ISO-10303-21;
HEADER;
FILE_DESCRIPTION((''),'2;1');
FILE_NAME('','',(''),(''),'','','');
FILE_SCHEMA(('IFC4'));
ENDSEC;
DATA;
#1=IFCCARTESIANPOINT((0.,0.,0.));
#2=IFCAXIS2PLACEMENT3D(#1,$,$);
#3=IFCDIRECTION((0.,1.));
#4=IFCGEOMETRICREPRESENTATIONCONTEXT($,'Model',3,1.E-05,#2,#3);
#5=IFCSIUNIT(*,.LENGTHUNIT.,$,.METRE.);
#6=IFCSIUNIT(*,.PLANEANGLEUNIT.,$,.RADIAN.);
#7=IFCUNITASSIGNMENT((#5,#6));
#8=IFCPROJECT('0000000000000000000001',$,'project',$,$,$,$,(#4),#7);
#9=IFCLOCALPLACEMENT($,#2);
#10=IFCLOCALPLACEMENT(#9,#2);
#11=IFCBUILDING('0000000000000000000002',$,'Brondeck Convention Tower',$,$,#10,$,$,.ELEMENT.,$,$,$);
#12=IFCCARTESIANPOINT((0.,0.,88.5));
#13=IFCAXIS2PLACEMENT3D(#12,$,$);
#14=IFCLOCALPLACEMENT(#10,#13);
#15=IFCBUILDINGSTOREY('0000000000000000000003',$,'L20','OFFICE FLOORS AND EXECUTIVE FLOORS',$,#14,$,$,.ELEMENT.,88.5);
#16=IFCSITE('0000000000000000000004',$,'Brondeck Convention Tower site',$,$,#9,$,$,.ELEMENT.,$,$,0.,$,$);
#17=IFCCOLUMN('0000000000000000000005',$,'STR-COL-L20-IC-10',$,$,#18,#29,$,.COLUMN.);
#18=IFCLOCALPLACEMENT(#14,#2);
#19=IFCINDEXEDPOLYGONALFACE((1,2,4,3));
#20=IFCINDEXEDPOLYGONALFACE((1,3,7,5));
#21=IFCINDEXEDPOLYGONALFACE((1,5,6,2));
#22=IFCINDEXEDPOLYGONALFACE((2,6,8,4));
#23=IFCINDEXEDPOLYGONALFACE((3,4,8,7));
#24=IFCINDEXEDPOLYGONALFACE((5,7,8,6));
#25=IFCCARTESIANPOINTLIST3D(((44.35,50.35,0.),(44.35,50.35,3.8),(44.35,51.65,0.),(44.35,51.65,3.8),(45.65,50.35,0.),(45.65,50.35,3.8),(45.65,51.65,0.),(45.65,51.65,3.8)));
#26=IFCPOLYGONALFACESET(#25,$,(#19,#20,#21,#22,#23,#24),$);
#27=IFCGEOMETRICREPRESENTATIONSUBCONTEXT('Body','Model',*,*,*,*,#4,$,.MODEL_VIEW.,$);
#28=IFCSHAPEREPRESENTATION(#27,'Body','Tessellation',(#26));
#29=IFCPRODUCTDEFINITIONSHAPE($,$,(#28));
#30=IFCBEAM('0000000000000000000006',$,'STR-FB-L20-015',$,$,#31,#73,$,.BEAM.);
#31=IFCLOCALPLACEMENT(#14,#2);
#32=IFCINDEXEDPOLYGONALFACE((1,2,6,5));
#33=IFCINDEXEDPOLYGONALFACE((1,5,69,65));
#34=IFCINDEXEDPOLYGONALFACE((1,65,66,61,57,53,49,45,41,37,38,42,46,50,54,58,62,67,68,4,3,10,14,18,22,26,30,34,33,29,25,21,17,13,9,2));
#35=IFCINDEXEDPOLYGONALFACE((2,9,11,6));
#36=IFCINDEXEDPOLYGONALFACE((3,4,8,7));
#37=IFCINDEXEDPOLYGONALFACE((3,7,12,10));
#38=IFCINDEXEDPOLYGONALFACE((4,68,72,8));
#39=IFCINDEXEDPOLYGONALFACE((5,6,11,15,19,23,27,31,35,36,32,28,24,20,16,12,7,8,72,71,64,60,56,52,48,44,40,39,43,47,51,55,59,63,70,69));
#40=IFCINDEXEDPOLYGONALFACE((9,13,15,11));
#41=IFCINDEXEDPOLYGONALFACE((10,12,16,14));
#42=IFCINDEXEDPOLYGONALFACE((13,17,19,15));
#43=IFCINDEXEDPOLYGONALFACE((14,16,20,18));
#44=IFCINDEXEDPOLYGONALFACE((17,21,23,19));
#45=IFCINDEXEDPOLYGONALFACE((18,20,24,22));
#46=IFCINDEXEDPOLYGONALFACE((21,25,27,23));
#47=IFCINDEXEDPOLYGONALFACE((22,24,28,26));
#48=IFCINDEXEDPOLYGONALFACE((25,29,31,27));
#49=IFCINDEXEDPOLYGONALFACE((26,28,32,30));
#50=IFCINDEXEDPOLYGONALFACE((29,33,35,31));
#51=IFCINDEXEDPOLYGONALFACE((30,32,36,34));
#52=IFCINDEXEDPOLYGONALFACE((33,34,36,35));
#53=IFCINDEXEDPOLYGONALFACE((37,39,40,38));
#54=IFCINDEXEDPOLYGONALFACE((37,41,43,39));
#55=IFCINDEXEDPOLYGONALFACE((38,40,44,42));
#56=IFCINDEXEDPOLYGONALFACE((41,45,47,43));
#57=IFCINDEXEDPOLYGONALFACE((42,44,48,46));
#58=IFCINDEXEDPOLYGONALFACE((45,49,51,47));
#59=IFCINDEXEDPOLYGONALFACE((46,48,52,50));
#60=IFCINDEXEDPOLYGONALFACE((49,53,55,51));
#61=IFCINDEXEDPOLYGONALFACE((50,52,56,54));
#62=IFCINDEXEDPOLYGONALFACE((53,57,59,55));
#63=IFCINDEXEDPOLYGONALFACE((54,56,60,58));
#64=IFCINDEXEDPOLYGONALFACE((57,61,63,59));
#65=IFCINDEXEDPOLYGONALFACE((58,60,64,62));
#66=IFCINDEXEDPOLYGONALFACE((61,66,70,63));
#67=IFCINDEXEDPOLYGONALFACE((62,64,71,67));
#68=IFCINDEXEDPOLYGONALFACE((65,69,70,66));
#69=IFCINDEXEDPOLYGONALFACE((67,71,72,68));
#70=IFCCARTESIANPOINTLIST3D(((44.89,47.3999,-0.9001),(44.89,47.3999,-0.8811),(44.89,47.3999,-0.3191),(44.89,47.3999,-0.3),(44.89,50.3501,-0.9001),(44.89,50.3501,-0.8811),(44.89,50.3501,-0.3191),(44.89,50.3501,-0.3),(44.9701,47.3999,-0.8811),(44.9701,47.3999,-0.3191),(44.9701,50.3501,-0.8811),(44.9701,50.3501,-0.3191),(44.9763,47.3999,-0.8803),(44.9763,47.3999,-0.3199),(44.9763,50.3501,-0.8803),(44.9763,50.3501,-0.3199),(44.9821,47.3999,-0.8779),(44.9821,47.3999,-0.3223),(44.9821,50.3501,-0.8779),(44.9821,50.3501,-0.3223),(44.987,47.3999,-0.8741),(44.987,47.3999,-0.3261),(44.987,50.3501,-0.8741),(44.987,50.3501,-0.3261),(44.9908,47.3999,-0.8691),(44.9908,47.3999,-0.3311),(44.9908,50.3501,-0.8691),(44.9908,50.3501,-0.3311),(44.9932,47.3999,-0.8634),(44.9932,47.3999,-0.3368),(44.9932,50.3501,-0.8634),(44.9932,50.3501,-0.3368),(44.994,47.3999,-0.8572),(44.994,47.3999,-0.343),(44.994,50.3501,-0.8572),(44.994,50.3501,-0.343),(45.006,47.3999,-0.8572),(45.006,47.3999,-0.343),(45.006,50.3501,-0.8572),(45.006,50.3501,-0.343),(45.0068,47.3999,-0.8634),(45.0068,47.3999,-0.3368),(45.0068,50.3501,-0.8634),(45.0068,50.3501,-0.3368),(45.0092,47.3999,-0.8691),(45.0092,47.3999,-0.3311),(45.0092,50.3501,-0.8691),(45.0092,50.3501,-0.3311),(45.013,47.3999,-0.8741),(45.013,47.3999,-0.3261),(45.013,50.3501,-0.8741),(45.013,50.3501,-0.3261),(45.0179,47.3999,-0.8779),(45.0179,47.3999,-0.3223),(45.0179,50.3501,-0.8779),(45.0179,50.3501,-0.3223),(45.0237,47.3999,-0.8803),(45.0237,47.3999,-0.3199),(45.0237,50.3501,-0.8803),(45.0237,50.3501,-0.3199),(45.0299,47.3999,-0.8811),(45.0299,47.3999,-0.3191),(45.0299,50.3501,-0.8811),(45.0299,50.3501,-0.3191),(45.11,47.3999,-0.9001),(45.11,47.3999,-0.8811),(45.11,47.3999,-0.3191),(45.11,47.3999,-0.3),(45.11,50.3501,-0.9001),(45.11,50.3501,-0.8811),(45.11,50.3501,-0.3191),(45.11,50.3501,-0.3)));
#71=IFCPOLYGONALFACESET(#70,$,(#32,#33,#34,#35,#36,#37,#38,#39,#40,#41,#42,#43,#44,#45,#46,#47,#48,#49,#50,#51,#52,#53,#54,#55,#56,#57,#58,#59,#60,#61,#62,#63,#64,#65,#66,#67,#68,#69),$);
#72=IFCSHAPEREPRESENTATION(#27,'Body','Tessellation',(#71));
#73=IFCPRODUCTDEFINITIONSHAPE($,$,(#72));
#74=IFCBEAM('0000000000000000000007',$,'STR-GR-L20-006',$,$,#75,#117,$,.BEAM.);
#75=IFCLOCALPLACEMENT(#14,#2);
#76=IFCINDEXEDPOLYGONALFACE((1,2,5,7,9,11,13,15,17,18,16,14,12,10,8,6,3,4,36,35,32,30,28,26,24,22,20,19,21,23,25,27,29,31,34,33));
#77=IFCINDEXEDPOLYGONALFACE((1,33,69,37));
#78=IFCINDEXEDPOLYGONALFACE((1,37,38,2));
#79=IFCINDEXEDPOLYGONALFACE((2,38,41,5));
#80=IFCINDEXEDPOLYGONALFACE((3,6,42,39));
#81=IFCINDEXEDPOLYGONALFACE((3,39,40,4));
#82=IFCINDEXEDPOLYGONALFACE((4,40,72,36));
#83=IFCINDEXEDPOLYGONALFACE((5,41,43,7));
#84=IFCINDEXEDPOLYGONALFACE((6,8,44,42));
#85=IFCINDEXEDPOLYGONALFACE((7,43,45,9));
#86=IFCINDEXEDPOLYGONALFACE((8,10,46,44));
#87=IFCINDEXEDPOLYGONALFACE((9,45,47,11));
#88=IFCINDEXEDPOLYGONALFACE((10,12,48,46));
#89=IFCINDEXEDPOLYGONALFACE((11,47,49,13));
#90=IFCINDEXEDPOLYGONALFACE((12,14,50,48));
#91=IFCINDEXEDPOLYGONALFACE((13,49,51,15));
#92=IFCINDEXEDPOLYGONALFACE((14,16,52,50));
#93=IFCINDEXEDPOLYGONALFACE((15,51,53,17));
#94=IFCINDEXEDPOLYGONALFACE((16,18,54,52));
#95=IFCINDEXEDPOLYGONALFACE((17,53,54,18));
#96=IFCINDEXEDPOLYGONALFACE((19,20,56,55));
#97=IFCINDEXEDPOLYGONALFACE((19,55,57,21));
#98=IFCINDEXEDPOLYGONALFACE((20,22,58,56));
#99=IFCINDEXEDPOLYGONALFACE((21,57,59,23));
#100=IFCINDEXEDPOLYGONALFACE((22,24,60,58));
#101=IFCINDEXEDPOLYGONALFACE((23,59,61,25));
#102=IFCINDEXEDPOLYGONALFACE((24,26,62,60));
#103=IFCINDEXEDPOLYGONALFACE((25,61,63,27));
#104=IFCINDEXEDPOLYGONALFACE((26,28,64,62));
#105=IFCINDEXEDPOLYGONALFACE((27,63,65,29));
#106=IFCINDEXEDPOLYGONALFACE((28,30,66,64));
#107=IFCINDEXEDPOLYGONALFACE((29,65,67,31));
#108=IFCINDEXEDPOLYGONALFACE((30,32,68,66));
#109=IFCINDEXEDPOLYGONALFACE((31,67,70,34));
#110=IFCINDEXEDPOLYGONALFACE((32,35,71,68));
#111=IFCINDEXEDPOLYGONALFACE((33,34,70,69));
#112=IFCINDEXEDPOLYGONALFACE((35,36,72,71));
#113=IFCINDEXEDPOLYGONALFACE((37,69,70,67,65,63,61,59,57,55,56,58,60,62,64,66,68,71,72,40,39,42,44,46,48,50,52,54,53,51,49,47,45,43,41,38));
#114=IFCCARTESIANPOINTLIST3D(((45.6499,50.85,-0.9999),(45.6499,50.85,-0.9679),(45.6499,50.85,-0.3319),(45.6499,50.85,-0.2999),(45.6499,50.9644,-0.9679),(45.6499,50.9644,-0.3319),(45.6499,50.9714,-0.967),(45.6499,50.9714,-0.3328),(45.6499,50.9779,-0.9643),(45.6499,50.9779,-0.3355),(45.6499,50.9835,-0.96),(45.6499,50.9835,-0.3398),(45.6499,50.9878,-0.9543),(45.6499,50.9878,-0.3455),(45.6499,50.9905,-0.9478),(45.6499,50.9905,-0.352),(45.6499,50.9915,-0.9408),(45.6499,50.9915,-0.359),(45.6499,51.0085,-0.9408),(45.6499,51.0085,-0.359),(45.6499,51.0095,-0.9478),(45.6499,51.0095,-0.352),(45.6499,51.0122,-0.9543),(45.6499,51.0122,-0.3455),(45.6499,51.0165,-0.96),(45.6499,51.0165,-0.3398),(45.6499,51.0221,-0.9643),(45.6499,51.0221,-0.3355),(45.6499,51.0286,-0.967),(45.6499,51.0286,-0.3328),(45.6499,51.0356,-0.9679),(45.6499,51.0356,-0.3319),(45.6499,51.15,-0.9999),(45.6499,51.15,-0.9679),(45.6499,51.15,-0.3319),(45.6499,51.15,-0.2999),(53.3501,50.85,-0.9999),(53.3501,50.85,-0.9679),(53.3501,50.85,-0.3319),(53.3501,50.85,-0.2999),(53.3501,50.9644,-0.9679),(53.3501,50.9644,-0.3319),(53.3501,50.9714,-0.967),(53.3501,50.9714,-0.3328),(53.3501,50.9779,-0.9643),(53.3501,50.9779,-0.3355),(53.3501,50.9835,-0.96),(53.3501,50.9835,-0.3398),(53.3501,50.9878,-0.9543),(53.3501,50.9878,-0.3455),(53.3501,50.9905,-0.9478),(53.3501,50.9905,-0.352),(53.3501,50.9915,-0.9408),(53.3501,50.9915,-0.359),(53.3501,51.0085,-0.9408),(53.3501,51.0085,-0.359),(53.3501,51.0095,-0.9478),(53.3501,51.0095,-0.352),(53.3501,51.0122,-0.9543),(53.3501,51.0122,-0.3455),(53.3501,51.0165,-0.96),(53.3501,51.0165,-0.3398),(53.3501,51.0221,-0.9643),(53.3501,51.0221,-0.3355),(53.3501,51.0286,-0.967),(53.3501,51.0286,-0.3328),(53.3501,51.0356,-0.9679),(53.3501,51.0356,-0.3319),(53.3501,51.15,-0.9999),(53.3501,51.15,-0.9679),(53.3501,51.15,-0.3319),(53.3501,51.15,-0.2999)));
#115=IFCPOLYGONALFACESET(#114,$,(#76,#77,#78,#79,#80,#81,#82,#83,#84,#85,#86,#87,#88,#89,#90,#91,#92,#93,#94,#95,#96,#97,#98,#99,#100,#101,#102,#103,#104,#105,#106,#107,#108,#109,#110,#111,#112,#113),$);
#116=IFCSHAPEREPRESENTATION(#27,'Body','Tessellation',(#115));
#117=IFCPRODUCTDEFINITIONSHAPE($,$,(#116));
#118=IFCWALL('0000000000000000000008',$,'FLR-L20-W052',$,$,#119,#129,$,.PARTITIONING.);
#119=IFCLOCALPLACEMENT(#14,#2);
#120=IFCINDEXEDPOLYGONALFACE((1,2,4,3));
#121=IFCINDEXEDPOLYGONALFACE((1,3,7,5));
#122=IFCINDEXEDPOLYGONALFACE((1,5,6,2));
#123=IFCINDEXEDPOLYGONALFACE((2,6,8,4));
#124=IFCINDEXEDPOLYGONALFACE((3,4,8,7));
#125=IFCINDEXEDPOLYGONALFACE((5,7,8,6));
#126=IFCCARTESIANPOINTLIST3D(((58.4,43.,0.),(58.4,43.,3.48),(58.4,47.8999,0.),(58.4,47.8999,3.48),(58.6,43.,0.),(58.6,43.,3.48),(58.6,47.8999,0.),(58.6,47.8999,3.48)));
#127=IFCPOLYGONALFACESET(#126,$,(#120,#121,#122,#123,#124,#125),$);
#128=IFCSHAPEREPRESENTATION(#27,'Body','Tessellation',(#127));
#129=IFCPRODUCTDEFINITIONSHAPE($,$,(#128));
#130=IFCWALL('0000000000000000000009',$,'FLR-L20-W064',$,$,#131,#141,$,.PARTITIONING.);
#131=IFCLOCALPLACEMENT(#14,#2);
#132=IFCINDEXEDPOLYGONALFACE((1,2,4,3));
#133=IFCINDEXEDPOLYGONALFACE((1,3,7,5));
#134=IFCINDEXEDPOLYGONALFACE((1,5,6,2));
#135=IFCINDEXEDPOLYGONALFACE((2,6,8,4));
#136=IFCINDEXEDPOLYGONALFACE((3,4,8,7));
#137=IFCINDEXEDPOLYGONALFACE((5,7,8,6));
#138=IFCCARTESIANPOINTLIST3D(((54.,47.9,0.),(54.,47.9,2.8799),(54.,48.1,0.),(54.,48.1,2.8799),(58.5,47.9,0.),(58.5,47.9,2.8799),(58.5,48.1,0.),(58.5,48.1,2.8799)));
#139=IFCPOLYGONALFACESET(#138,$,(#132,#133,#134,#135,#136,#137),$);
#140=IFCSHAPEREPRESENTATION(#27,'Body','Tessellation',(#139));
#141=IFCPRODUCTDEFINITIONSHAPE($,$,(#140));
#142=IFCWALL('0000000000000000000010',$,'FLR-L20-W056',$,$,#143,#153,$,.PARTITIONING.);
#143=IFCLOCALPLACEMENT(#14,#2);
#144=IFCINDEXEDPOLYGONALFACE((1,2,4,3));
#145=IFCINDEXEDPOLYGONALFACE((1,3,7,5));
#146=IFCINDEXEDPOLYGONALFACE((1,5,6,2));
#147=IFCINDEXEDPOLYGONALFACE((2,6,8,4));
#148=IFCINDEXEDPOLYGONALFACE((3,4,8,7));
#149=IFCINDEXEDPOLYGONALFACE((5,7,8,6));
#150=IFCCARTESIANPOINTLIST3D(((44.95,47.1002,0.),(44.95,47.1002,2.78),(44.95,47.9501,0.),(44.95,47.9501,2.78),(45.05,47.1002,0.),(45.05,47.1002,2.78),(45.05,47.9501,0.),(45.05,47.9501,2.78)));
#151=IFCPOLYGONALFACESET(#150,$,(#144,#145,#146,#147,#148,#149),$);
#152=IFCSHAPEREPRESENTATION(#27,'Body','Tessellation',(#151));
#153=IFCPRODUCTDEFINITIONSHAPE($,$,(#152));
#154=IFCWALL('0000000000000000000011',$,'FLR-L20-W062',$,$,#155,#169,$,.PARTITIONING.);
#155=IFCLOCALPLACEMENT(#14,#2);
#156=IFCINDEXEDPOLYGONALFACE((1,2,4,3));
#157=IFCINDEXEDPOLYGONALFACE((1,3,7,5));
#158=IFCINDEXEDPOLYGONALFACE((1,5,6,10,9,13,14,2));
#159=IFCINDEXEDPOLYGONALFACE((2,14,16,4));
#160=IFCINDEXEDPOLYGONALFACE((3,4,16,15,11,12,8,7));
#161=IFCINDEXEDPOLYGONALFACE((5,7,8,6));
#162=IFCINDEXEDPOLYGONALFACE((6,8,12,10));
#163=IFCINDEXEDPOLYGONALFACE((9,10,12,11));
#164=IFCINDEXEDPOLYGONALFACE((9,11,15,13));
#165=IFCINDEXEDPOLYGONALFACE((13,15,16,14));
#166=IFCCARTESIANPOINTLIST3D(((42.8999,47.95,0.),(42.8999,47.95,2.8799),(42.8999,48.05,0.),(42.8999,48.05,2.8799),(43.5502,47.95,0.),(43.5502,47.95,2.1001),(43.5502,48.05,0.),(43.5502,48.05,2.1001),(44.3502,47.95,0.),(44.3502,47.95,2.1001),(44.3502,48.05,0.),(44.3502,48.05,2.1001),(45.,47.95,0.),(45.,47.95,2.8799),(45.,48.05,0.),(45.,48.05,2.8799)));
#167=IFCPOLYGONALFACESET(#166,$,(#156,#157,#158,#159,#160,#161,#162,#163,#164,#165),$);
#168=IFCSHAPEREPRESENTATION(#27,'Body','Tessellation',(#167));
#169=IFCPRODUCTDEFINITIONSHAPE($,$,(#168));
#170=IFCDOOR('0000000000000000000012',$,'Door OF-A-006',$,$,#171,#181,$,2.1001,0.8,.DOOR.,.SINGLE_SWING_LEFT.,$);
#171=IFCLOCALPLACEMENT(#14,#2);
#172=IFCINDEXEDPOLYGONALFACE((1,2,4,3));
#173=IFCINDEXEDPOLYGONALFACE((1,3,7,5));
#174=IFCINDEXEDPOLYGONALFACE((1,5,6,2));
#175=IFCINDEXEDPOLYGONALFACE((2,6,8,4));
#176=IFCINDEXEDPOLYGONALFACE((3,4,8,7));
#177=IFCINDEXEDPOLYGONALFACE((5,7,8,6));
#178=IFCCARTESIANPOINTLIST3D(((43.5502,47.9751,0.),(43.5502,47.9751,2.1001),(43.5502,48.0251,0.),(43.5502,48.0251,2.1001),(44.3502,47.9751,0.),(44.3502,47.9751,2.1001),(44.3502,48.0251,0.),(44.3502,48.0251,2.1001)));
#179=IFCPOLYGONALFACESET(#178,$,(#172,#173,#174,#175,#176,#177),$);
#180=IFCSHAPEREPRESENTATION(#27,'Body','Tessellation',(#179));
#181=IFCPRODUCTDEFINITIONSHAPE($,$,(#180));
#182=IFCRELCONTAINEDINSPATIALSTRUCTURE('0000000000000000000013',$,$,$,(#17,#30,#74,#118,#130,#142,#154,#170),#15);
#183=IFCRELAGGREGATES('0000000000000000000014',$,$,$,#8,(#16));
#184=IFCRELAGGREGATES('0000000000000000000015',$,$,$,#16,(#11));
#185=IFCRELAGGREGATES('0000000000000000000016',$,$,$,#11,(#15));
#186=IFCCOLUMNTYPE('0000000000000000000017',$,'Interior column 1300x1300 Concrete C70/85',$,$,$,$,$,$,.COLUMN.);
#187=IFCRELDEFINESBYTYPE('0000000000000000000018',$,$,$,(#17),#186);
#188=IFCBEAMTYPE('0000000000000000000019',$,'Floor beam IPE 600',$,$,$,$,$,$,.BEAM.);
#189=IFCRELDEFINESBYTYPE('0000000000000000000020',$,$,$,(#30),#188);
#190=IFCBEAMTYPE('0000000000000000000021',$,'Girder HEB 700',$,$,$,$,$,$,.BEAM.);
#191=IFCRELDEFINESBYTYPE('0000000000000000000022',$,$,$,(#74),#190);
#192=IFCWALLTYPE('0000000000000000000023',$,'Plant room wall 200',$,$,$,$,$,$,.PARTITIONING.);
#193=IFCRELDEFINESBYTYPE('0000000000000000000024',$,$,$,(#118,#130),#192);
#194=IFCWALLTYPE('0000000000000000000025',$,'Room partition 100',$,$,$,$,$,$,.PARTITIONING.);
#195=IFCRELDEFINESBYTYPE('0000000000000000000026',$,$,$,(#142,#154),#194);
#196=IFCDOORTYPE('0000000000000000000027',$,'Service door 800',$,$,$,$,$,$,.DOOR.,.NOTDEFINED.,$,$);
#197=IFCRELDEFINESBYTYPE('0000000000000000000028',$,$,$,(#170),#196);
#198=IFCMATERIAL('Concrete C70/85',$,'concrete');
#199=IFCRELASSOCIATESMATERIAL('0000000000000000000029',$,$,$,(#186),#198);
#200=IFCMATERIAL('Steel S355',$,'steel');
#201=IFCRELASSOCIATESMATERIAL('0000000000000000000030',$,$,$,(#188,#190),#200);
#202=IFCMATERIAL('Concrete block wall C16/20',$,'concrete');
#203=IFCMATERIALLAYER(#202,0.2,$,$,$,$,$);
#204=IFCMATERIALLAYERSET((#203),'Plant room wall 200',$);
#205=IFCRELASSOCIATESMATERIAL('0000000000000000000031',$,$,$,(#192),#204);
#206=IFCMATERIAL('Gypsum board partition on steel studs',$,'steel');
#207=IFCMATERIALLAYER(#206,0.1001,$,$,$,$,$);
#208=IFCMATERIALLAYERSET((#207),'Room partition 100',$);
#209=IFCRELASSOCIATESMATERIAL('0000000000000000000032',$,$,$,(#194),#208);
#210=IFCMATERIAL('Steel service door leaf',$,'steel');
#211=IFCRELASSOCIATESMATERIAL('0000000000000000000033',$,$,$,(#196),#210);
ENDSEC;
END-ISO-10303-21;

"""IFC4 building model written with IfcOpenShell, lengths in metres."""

from ifc_helpers import new_model, si_unit, direction, frame, frame_2d, origin, origin_2d, place, context, subcontext, project, spatial, rectangle, i_section, extrude, material, layer, layer_set, material_profile, profile_set, type_object, element, fill, save


model = new_model("IFC4")

# Units and contexts
model_context = context("Model", 3, precision=1e-05, world=origin(), true_north=direction((0.0, 1.0)))
body_context = subcontext(model_context, "Body", "Model", "MODEL_VIEW")
ifc_project = project(units=[si_unit("LENGTHUNIT", "METRE"), si_unit("PLANEANGLEUNIT", "RADIAN")], contexts=[model_context])

# Site, building, storey
site_placement = place(None, origin())
site = spatial("IfcSite", under=ifc_project, at=site_placement, Name="Brondeck Convention Tower site", CompositionType="ELEMENT", RefElevation=0.0)
building_placement = place(site_placement, origin())
building = spatial("IfcBuilding", under=site, at=building_placement, Name="Brondeck Convention Tower", CompositionType="ELEMENT")
storey_placement = place(building_placement, frame((0.0, 0.0, 88.5)))
storey = spatial("IfcBuildingStorey", under=building, at=storey_placement, Name="L20", Description="OFFICE FLOORS AND EXECUTIVE FLOORS", CompositionType="ELEMENT", Elevation=88.5)

# Column
ifc_material_1 = material(Name="Concrete C70/85", Category="concrete")
ifc_material_profile_1 = material_profile(ifc_material_1, rectangle(XDim=1.3, YDim=1.3, at=origin_2d()), Name="Interior column 1300x1300 Concrete C70/85")
ifc_profile_set_1 = profile_set([ifc_material_profile_1], Name="Concrete C70/85")
column_type = type_object("IfcColumnType", Name="Interior column 1300x1300 Concrete C70/85", PredefinedType="COLUMN", material=ifc_profile_set_1)
column_placement = place(storey_placement, frame((45.0, 51.0, 0.0), z_axis=(0.0, 0.0, 1.0), x_axis=(1.0, 0.0, 0.0)))
element("IfcColumn", 1, at=column_placement, inside=storey, type_object=column_type, Name="STR-COL-L20-IC-10", PredefinedType="COLUMN", context=body_context, shape_type="SweptSolid", body=[
    extrude(rectangle(XDim=1.3, YDim=1.3, at=origin_2d()), origin(), (0.0, 0.0, 1.0), 3.8),
])

# Beams
ifc_material_2 = material(Name="Steel S355", Category="steel")
ifc_material_profile_2 = material_profile(ifc_material_2, i_section(OverallWidth=0.22, OverallDepth=0.6001, WebThickness=0.012, FlangeThickness=0.019, FilletRadius=0.0239, at=origin_2d()), Name="IPE 600")
ifc_profile_set_2 = profile_set([ifc_material_profile_2], Name="Steel S355")
beam_type_1 = type_object("IfcBeamType", Name="Floor beam IPE 600", PredefinedType="BEAM", material=ifc_profile_set_2)
beam_1_placement = place(storey_placement, frame((45.0, 47.3999, -0.6001), z_axis=(0.0, 1.0, 0.0), x_axis=(-1.0, 0.0, 0.0)))
element("IfcBeam", 2, at=beam_1_placement, inside=storey, type_object=beam_type_1, Name="STR-FB-L20-015", PredefinedType="BEAM", context=body_context, shape_type="SweptSolid", body=[
    extrude(i_section(OverallWidth=0.22, OverallDepth=0.6001, WebThickness=0.012, FlangeThickness=0.019, FilletRadius=0.0239, at=origin_2d()), origin(), (0.0, 0.0, 1.0), 2.9502),
])
ifc_material_profile_3 = material_profile(ifc_material_2, i_section(OverallWidth=0.3, OverallDepth=0.7, WebThickness=0.0171, FlangeThickness=0.032, FilletRadius=0.0271, at=origin_2d()), Name="HEB 700")
ifc_profile_set_3 = profile_set([ifc_material_profile_3], Name="Steel S355")
beam_type_2 = type_object("IfcBeamType", Name="Girder HEB 700", PredefinedType="BEAM", material=ifc_profile_set_3)
beam_2_placement = place(storey_placement, frame((45.6499, 51.0, -0.6499), z_axis=(1.0, 0.0, 0.0), x_axis=(0.0, 1.0, 0.0)))
element("IfcBeam", 3, at=beam_2_placement, inside=storey, type_object=beam_type_2, Name="STR-GR-L20-006", PredefinedType="BEAM", context=body_context, shape_type="SweptSolid", body=[
    extrude(i_section(OverallWidth=0.3, OverallDepth=0.7, WebThickness=0.0171, FlangeThickness=0.032, FilletRadius=0.0271, at=origin_2d()), origin(), (0.0, 0.0, 1.0), 7.7002),
])

# Walls
ifc_material_3 = material(Name="Concrete block wall C16/20", Category="concrete")
ifc_layer_1 = layer(ifc_material_3, 0.2)
ifc_layer_set_1 = layer_set([ifc_layer_1], Name="Plant room wall 200")
wall_type_1 = type_object("IfcWallType", Name="Plant room wall 200", PredefinedType="PARTITIONING", material=ifc_layer_set_1)
wall_1_placement = place(storey_placement, frame((58.5, 47.8999, 0.0), z_axis=(0.0, 0.0, 1.0), x_axis=(0.0, -1.0, 0.0)))
element("IfcWall", 4, at=wall_1_placement, inside=storey, type_object=wall_type_1, Name="FLR-L20-W052", PredefinedType="PARTITIONING", context=body_context, shape_type="SweptSolid", body=[
    extrude(rectangle(XDim=4.8999, YDim=0.2, at=frame_2d((2.45, 0.0))), origin(), (0.0, 0.0, 1.0), 3.48),
])
wall_2_placement = place(storey_placement, frame((58.5, 48.0, 0.0), z_axis=(0.0, 0.0, 1.0), x_axis=(-1.0, 0.0, 0.0)))
element("IfcWall", 5, at=wall_2_placement, inside=storey, type_object=wall_type_1, Name="FLR-L20-W064", PredefinedType="PARTITIONING", context=body_context, shape_type="SweptSolid", body=[
    extrude(rectangle(XDim=4.5, YDim=0.2, at=frame_2d((2.25, 0.0))), origin(), (0.0, 0.0, 1.0), 2.8799),
])
ifc_material_4 = material(Name="Gypsum board partition on steel studs", Category="steel")
ifc_layer_2 = layer(ifc_material_4, 0.1001)
ifc_layer_set_2 = layer_set([ifc_layer_2], Name="Room partition 100")
wall_type_2 = type_object("IfcWallType", Name="Room partition 100", PredefinedType="PARTITIONING", material=ifc_layer_set_2)
wall_3_placement = place(storey_placement, frame((45.0, 47.95, 0.0), z_axis=(0.0, 0.0, 1.0), x_axis=(0.0, -1.0, 0.0)))
element("IfcWall", 6, at=wall_3_placement, inside=storey, type_object=wall_type_2, Name="FLR-L20-W056", PredefinedType="PARTITIONING", context=body_context, shape_type="SweptSolid", body=[
    extrude(rectangle(XDim=0.8499, YDim=0.1001, at=frame_2d((0.4248, 0.0))), origin(), (0.0, 0.0, 1.0), 2.78),
])

# Wall, opening, door
wall_4_placement = place(storey_placement, frame((45.0, 48.0, 0.0), z_axis=(0.0, 0.0, 1.0), x_axis=(-1.0, 0.0, 0.0)))
wall_4 = element("IfcWall", 7, at=wall_4_placement, inside=storey, type_object=wall_type_2, Name="FLR-L20-W062", PredefinedType="PARTITIONING", context=body_context, shape_type="SweptSolid", body=[
    extrude(rectangle(XDim=2.1001, YDim=0.1001, at=frame_2d((1.05, 0.0))), origin(), (0.0, 0.0, 1.0), 2.8799),
])
opening_1_placement = place(wall_4_placement, frame((0.6499, 0.0, 0.0)))
opening_1 = element("IfcOpeningElement", 8, at=opening_1_placement, cuts=wall_4, PredefinedType="OPENING", context=body_context, shape_type="SweptSolid", body=[
    extrude(rectangle(XDim=0.8, YDim=2.1001, at=frame_2d((0.3999, 1.05))), frame((0.0, 0.0601, 0.0), z_axis=(0.0, -1.0, 0.0), x_axis=(1.0, 0.0, 0.0)), (0.0, 0.0, 1.0), 0.1201),
])
ifc_material_5 = material(Name="Steel service door leaf", Category="steel")
door_type_1 = type_object("IfcDoorType", Name="Service door 800", OperationType="NOTDEFINED", PredefinedType="DOOR", material=ifc_material_5)
door_1_placement = place(opening_1_placement, origin())
door_1 = element("IfcDoor", 9, at=door_1_placement, inside=storey, type_object=door_type_1, Name="Door OF-A-006", OperationType="SINGLE_SWING_LEFT", OverallHeight=2.1001, OverallWidth=0.8, PredefinedType="DOOR", context=body_context, shape_type="SweptSolid", body=[
    extrude(rectangle(XDim=0.8, YDim=2.1001, at=frame_2d((0.3999, 1.05))), frame((0.0, 0.0249, 0.0), z_axis=(0.0, -1.0, 0.0), x_axis=(1.0, 0.0, 0.0)), (0.0, 0.0, 1.0), 0.05),
])
fill(opening_1, door_1)

save(model, "model.ifc")
